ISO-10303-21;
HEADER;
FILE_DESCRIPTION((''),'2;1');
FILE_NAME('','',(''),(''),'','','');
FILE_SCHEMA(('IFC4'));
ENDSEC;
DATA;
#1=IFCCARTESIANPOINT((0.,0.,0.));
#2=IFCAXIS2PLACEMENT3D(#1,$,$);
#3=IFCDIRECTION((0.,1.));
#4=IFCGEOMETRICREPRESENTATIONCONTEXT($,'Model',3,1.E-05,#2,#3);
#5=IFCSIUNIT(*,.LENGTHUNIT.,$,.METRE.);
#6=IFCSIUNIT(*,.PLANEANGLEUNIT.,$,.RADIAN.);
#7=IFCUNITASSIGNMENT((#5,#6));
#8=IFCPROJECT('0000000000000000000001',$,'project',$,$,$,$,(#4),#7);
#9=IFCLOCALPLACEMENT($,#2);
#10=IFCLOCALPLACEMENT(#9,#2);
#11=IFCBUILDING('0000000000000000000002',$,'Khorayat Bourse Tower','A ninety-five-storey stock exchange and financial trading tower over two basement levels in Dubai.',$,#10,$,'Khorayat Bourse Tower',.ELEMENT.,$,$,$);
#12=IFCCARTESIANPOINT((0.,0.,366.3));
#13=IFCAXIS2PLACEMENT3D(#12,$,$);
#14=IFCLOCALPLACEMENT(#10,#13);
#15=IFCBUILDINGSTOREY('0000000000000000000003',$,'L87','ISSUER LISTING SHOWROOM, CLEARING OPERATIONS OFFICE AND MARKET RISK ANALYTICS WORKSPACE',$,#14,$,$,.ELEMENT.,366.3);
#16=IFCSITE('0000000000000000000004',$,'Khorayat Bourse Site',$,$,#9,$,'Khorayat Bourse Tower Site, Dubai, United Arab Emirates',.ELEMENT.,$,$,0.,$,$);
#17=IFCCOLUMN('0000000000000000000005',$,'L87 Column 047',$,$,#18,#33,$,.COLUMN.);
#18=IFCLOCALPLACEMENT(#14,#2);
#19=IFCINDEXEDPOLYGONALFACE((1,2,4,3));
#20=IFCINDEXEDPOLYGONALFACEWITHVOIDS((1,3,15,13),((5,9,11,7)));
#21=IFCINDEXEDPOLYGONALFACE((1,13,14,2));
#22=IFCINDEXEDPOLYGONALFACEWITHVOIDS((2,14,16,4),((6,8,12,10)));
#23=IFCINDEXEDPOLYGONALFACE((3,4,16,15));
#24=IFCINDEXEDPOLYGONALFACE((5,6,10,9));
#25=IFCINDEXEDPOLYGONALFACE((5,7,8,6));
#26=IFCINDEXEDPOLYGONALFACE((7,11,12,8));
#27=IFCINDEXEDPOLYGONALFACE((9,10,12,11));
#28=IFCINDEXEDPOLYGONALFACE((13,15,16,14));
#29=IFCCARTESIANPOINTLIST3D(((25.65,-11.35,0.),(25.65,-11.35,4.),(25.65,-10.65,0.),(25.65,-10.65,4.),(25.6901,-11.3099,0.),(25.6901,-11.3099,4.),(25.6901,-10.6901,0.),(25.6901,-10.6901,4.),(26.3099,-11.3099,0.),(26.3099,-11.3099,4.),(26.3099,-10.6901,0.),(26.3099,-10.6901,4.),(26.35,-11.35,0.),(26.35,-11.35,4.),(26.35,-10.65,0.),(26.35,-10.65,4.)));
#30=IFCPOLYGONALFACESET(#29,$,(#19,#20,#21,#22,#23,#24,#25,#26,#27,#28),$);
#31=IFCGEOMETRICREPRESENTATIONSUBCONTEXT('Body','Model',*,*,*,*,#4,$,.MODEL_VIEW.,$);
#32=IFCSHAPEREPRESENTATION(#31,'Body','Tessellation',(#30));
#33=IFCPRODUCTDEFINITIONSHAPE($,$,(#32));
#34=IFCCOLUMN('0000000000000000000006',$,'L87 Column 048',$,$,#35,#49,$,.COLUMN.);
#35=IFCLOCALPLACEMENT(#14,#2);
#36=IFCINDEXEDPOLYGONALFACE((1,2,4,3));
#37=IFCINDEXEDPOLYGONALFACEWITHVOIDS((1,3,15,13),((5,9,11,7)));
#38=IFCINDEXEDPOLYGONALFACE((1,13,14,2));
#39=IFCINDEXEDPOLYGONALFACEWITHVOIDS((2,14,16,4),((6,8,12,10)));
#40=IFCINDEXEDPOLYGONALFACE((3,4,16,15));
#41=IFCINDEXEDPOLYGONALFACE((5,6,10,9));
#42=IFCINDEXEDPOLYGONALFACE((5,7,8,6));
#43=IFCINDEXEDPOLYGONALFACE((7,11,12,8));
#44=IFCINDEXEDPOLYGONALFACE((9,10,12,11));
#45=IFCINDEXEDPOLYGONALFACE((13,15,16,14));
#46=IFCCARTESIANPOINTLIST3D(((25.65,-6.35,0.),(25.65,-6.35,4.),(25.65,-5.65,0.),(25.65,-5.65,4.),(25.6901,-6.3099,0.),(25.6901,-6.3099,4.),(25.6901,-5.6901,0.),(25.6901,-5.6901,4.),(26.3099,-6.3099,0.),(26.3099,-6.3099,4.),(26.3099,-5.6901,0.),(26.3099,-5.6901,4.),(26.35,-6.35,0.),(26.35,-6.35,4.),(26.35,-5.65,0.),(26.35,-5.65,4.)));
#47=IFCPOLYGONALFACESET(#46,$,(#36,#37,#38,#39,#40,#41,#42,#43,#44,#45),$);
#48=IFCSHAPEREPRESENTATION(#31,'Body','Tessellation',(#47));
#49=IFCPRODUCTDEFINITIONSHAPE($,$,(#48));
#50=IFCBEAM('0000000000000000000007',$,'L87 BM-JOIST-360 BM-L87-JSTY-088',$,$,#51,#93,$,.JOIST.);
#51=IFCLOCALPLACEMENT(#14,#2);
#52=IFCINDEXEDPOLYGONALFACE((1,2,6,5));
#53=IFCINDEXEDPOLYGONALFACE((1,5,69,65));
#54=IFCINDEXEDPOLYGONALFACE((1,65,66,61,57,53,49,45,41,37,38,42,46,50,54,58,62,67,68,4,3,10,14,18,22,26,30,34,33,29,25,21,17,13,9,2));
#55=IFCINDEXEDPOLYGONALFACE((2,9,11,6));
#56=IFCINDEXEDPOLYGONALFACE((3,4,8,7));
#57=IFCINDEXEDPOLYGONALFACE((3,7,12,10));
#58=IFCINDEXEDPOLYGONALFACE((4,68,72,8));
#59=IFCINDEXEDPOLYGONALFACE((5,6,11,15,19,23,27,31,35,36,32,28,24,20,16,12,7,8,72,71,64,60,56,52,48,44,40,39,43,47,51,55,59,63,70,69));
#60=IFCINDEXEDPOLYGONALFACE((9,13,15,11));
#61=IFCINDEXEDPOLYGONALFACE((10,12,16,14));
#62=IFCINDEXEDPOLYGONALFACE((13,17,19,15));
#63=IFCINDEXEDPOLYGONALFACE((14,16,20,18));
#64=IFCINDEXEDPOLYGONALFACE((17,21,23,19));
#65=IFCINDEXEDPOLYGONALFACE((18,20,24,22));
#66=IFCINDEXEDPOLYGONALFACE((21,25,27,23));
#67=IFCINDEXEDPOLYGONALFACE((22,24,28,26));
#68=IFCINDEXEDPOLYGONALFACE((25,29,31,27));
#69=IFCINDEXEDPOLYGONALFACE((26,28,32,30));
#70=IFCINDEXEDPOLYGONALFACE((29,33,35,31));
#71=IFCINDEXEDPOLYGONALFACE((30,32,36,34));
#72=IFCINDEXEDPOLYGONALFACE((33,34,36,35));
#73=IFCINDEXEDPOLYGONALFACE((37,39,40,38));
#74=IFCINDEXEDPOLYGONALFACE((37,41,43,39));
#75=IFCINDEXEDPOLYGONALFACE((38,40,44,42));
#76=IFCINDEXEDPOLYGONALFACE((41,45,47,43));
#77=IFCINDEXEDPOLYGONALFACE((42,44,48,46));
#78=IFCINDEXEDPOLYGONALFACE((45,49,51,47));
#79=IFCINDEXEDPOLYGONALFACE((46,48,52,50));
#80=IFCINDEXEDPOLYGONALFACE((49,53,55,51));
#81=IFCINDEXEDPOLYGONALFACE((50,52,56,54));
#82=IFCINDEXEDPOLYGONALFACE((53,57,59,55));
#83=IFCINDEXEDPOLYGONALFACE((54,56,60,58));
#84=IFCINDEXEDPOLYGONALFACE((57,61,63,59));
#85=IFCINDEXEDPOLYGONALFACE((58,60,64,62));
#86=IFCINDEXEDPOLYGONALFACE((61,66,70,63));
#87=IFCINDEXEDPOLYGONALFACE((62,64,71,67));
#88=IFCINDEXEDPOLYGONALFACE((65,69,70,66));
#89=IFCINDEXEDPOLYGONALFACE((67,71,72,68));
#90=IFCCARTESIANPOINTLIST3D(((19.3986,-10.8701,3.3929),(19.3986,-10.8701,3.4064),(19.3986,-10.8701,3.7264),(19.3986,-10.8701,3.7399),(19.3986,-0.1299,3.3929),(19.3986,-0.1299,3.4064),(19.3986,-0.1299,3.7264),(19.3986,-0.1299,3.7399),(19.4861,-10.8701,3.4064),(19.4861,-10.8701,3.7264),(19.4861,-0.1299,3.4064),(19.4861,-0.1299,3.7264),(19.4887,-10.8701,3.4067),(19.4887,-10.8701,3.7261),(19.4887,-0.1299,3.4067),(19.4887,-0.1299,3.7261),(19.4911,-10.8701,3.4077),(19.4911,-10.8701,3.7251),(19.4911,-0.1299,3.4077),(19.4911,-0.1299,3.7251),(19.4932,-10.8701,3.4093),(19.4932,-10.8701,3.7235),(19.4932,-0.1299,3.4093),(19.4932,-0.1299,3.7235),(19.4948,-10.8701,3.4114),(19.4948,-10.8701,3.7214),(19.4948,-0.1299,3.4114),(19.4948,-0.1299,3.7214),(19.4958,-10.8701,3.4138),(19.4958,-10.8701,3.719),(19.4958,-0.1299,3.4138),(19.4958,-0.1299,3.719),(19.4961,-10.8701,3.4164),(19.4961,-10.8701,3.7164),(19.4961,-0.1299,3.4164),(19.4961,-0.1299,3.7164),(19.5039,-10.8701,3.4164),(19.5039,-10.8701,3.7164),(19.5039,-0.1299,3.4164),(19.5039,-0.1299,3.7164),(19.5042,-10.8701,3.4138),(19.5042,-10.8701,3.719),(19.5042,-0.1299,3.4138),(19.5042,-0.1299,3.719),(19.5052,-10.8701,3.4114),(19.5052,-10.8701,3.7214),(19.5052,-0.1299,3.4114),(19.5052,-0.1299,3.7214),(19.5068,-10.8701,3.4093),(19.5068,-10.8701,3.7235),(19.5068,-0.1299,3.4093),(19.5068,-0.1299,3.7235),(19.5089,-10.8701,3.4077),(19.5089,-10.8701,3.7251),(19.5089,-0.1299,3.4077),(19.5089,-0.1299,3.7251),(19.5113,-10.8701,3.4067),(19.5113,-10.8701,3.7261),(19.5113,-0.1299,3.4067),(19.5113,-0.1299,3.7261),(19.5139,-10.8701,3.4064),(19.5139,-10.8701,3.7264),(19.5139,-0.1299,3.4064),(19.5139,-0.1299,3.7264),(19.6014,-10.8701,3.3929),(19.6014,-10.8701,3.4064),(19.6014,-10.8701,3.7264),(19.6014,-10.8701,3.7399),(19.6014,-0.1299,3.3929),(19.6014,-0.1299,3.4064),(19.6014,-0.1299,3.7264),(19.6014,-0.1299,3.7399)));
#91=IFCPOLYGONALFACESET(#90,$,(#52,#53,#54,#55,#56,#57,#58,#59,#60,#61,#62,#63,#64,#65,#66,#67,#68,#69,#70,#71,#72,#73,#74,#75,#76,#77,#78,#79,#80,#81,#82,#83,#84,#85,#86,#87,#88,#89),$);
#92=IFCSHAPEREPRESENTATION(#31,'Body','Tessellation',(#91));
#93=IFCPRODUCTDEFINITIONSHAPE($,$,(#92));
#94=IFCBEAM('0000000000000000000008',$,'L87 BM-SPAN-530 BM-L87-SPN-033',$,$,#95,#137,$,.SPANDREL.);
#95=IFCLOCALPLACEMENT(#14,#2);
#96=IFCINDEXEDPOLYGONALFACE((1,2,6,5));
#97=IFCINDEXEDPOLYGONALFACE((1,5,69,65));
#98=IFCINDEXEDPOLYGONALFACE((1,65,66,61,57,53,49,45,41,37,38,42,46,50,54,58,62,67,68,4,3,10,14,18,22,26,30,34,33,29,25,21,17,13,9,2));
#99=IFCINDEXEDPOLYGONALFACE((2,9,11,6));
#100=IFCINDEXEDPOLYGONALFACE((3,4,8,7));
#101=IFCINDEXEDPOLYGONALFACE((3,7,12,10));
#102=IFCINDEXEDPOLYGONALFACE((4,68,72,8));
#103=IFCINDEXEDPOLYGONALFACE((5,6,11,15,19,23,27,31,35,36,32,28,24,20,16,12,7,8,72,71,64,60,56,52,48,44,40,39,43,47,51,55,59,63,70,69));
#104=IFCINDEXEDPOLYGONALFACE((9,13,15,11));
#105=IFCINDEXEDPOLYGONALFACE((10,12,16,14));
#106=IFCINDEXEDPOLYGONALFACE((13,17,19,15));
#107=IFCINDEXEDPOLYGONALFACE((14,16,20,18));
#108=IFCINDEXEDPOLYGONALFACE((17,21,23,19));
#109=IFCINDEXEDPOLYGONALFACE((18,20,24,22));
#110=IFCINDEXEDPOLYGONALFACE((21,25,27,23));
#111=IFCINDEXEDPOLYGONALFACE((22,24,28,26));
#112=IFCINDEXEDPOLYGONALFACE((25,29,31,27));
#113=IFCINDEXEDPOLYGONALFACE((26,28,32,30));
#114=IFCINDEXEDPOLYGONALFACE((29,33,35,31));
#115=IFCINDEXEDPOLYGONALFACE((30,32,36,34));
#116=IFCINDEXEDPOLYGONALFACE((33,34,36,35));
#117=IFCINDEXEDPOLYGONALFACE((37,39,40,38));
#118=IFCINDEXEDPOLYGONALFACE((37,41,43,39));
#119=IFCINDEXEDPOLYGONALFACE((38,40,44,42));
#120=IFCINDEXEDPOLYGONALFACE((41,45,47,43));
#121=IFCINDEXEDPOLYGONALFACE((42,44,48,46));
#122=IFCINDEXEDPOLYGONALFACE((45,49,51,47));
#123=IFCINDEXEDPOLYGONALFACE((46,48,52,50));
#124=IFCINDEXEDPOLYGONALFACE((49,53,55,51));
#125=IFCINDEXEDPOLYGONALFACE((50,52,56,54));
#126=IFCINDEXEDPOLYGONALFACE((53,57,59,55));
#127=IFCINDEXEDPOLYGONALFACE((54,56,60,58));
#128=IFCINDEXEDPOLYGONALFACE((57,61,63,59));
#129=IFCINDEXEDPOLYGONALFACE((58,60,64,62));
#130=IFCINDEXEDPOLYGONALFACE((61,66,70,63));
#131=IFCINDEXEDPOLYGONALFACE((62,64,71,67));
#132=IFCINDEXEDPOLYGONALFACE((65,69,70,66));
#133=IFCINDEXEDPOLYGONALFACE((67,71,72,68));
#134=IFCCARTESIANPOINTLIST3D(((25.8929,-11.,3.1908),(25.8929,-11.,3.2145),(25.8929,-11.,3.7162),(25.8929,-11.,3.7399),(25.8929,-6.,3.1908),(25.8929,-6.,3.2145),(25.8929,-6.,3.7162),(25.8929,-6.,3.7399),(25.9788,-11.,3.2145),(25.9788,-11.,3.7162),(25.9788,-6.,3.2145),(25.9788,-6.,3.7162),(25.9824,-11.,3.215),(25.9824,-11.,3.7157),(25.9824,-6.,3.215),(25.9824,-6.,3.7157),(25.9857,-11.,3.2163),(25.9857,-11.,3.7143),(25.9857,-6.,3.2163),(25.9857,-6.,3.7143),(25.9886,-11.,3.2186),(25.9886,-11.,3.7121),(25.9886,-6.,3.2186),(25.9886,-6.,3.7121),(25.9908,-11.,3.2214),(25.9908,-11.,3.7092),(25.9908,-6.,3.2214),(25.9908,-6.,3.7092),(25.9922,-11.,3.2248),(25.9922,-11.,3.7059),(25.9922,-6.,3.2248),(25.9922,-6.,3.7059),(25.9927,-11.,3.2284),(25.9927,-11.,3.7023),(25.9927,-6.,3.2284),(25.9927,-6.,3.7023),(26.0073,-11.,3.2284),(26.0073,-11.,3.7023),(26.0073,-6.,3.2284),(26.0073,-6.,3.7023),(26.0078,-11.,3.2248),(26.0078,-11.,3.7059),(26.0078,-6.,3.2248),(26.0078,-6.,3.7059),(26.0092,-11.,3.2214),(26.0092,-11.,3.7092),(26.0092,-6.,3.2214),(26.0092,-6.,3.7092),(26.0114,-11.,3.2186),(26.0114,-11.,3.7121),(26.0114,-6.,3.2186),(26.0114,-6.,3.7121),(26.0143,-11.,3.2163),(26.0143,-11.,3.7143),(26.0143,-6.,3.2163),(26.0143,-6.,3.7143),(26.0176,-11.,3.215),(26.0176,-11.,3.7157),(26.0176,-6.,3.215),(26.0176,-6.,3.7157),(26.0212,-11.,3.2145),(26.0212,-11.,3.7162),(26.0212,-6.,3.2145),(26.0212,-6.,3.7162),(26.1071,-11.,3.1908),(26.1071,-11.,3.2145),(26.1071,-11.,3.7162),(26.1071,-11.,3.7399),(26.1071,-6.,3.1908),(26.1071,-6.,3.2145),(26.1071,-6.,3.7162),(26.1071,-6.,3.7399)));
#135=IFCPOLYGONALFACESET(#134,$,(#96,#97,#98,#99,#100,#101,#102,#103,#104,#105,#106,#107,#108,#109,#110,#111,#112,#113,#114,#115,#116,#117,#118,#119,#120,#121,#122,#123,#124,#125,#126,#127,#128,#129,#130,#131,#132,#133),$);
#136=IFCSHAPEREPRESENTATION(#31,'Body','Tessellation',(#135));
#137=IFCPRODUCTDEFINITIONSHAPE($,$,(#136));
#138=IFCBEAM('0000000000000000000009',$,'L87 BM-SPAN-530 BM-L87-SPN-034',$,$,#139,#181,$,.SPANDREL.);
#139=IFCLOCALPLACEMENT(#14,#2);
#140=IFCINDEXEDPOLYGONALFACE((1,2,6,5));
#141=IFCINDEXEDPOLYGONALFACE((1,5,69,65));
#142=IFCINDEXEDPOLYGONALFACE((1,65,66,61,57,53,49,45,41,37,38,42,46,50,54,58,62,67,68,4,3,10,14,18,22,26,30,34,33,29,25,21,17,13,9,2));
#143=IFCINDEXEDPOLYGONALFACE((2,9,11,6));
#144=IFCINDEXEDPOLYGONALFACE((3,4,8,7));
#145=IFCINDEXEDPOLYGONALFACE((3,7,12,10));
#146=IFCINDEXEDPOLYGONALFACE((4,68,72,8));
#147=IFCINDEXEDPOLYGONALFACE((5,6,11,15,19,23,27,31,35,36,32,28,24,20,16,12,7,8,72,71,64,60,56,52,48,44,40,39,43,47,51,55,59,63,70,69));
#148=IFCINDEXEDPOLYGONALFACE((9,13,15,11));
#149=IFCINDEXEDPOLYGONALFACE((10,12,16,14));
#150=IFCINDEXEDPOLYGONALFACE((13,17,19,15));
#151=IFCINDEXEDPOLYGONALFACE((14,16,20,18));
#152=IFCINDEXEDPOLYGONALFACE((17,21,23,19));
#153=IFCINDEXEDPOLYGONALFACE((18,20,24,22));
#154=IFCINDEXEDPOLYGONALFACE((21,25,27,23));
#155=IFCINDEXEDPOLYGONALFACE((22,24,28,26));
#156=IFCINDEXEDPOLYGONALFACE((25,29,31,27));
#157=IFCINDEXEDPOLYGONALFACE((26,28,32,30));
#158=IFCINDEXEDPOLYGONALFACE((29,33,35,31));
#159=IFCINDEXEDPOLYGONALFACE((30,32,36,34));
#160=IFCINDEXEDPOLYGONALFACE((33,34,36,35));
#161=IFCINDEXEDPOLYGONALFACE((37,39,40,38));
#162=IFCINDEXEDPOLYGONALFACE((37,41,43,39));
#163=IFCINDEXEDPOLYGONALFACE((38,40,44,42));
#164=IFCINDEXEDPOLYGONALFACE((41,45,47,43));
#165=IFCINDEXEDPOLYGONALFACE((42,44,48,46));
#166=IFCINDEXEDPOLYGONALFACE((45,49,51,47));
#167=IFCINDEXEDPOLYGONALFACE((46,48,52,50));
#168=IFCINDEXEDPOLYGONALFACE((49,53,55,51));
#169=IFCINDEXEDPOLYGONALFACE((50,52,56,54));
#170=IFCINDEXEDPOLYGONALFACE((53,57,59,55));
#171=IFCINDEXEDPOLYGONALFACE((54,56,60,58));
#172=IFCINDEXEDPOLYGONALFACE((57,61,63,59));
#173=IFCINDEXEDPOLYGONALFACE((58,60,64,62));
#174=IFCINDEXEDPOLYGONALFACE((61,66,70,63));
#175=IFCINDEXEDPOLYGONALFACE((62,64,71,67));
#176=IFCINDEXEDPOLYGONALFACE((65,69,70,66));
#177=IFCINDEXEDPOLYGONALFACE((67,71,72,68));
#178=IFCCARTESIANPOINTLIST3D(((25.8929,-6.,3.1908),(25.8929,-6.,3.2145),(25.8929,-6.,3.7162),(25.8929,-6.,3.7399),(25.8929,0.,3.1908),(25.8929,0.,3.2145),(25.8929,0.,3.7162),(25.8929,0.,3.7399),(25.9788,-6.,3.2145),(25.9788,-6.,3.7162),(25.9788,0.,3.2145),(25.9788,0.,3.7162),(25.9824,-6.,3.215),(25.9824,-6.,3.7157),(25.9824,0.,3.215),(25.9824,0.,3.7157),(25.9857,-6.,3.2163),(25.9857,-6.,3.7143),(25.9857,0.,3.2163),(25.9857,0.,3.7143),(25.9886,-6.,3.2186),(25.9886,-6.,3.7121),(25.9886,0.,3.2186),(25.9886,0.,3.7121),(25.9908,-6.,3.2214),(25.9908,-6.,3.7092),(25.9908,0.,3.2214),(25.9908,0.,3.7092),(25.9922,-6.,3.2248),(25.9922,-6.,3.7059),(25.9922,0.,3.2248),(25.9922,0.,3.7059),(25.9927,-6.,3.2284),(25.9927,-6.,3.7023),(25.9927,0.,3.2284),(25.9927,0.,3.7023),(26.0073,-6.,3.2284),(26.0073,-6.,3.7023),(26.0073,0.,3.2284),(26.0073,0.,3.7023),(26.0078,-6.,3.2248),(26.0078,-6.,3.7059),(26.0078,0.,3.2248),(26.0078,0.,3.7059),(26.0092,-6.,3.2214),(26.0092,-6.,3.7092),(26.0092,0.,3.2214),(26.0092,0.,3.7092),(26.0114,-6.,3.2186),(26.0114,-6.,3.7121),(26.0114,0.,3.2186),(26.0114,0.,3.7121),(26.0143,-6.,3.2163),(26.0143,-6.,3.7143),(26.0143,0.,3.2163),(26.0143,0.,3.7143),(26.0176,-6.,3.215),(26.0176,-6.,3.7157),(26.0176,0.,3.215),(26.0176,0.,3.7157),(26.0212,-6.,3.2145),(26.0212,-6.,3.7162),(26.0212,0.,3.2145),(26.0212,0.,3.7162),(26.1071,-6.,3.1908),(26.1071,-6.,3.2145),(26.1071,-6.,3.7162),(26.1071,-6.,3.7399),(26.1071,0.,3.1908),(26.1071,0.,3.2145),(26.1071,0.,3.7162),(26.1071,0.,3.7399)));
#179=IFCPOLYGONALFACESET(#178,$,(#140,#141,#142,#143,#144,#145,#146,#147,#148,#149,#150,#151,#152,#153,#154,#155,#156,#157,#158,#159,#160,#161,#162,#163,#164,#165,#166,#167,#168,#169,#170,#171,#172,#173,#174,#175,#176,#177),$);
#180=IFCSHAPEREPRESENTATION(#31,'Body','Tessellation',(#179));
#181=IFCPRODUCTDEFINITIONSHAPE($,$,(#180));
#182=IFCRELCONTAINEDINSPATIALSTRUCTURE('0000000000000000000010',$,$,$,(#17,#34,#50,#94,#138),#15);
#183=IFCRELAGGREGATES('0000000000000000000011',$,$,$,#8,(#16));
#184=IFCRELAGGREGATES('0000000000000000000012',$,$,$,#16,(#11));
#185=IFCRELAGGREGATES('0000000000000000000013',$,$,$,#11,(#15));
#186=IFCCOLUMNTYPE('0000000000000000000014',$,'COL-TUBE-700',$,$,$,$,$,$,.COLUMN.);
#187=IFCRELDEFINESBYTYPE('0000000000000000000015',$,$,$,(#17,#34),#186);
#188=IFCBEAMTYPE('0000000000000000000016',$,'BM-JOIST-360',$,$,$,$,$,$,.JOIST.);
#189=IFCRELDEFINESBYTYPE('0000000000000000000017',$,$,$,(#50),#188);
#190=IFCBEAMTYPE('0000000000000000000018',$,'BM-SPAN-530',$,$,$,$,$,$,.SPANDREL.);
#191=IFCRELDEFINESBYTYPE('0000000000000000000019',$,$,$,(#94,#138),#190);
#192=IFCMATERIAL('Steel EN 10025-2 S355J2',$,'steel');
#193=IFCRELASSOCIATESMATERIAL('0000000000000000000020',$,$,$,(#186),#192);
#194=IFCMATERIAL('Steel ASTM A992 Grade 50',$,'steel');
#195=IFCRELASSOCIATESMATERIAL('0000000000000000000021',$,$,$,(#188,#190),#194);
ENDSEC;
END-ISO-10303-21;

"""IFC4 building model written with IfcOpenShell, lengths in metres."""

from ifc_helpers import new_model, si_unit, direction, frame, origin, origin_2d, place, context, subcontext, project, spatial, hollow_rectangle, i_section, extrude, source, transform, mapped, material, material_profile, profile_set, type_object, element, save


model = new_model("IFC4")

# Units and contexts
model_context = context("Model", 3, precision=1e-05, world=origin(), true_north=direction((0.0, 1.0)))
body_context = subcontext(model_context, "Body", "Model", "MODEL_VIEW")
ifc_project = project(units=[si_unit("LENGTHUNIT", "METRE"), si_unit("PLANEANGLEUNIT", "RADIAN")], contexts=[model_context])

# Site, building, storey
site_placement = place(None, origin())
site = spatial("IfcSite", under=ifc_project, at=site_placement, Name="Khorayat Bourse Site", LongName="Khorayat Bourse Tower Site, Dubai, United Arab Emirates", CompositionType="ELEMENT", RefElevation=0.0)
building_placement = place(site_placement, origin())
building = spatial("IfcBuilding", under=site, at=building_placement, Name="Khorayat Bourse Tower", Description="A ninety-five-storey stock exchange and financial trading tower over two basement levels in Dubai.", LongName="Khorayat Bourse Tower", CompositionType="ELEMENT")
storey_placement = place(building_placement, frame((0.0, 0.0, 366.3)))
storey = spatial("IfcBuildingStorey", under=building, at=storey_placement, Name="L87", Description="ISSUER LISTING SHOWROOM, CLEARING OPERATIONS OFFICE AND MARKET RISK ANALYTICS WORKSPACE", CompositionType="ELEMENT", Elevation=366.3)

# Columns
ifc_material_1 = material(Name="Steel EN 10025-2 S355J2", Category="steel")
ifc_material_profile_1 = material_profile(ifc_material_1, hollow_rectangle(XDim=0.7, YDim=0.7, WallThickness=0.04, at=origin_2d()), Name="BOX 700x700x40")
ifc_profile_set_1 = profile_set([ifc_material_profile_1], Name="Steel EN 10025-2 S355J2")
column_type = type_object("IfcColumnType", Name="COL-TUBE-700", PredefinedType="COLUMN", material=ifc_profile_set_1)
shared_shape_1 = source(origin(), body_context, "Body", "SweptSolid", [
    extrude(hollow_rectangle(XDim=0.7, YDim=0.7, WallThickness=0.04, at=origin_2d()), origin(), (0.0, 0.0, 1.0), 4.0),
])
for number, where, z_axis, x_axis, name in (
    (1, (26.0, -11.0, 0.0), (0.0, 0.0, 1.0), (1.0, 0.0, 0.0), "L87 Column 047"),
    (2, (26.0, -6.0, 0.0), (0.0, 0.0, 1.0), (1.0, 0.0, 0.0), "L87 Column 048"),
):
    element("IfcColumn", number, at=place(storey_placement, frame(where, z_axis=z_axis, x_axis=x_axis)), inside=storey, type_object=column_type, Name=name, PredefinedType="COLUMN", context=body_context, shape_type="MappedRepresentation", body=[
        mapped(shared_shape_1, transform((0.0, 0.0, 0.0), scale=1.0)),
    ])

# Beams
ifc_material_2 = material(Name="Steel ASTM A992 Grade 50", Category="steel")
ifc_material_profile_2 = material_profile(ifc_material_2, i_section(OverallWidth=0.2029, OverallDepth=0.3469, WebThickness=0.0078, FlangeThickness=0.0134, FilletRadius=0.01, at=origin_2d()), Name="W360X64")
ifc_profile_set_2 = profile_set([ifc_material_profile_2], Name="Steel ASTM A992 Grade 50")
beam_type_1 = type_object("IfcBeamType", Name="BM-JOIST-360", PredefinedType="JOIST", material=ifc_profile_set_2)
shared_shape_2 = source(origin(), body_context, "Body", "SweptSolid", [
    extrude(i_section(OverallWidth=0.2029, OverallDepth=0.3469, WebThickness=0.0078, FlangeThickness=0.0134, FilletRadius=0.01, at=origin_2d()), origin(), (0.0, 0.0, 1.0), 10.7402),
])
beam_1_placement = place(storey_placement, frame((19.5, -10.8701, 3.5664), z_axis=(0.0, 1.0, 0.0), x_axis=(-1.0, 0.0, 0.0)))
element("IfcBeam", 3, at=beam_1_placement, inside=storey, type_object=beam_type_1, Name="L87 BM-JOIST-360 BM-L87-JSTY-088", PredefinedType="JOIST", context=body_context, shape_type="MappedRepresentation", body=[
    mapped(shared_shape_2, transform((0.0, 0.0, 0.0), scale=1.0)),
])
ifc_material_profile_3 = material_profile(ifc_material_2, i_section(OverallWidth=0.2141, OverallDepth=0.5491, WebThickness=0.0146, FlangeThickness=0.0237, FilletRadius=0.0139, at=origin_2d()), Name="W530X138")
ifc_profile_set_3 = profile_set([ifc_material_profile_3], Name="Steel ASTM A992 Grade 50")
beam_type_2 = type_object("IfcBeamType", Name="BM-SPAN-530", PredefinedType="SPANDREL", material=ifc_profile_set_3)
shared_shape_3 = source(origin(), body_context, "Body", "SweptSolid", [
    extrude(i_section(OverallWidth=0.2141, OverallDepth=0.5491, WebThickness=0.0146, FlangeThickness=0.0237, FilletRadius=0.0139, at=origin_2d()), origin(), (0.0, 0.0, 1.0), 5.0),
])
beam_2_placement = place(storey_placement, frame((26.0, -11.0, 3.4653), z_axis=(0.0, 1.0, 0.0), x_axis=(-1.0, 0.0, 0.0)))
element("IfcBeam", 4, at=beam_2_placement, inside=storey, type_object=beam_type_2, Name="L87 BM-SPAN-530 BM-L87-SPN-033", PredefinedType="SPANDREL", context=body_context, shape_type="MappedRepresentation", body=[
    mapped(shared_shape_3, transform((0.0, 0.0, 0.0), scale=1.0)),
])
shared_shape_4 = source(origin(), body_context, "Body", "SweptSolid", [
    extrude(i_section(OverallWidth=0.2141, OverallDepth=0.5491, WebThickness=0.0146, FlangeThickness=0.0237, FilletRadius=0.0139, at=origin_2d()), origin(), (0.0, 0.0, 1.0), 6.0),
])
beam_3_placement = place(storey_placement, frame((26.0, -6.0, 3.4653), z_axis=(0.0, 1.0, 0.0), x_axis=(-1.0, 0.0, 0.0)))
element("IfcBeam", 5, at=beam_3_placement, inside=storey, type_object=beam_type_2, Name="L87 BM-SPAN-530 BM-L87-SPN-034", PredefinedType="SPANDREL", context=body_context, shape_type="MappedRepresentation", body=[
    mapped(shared_shape_4, transform((0.0, 0.0, 0.0), scale=1.0)),
])

save(model, "model.ifc")
